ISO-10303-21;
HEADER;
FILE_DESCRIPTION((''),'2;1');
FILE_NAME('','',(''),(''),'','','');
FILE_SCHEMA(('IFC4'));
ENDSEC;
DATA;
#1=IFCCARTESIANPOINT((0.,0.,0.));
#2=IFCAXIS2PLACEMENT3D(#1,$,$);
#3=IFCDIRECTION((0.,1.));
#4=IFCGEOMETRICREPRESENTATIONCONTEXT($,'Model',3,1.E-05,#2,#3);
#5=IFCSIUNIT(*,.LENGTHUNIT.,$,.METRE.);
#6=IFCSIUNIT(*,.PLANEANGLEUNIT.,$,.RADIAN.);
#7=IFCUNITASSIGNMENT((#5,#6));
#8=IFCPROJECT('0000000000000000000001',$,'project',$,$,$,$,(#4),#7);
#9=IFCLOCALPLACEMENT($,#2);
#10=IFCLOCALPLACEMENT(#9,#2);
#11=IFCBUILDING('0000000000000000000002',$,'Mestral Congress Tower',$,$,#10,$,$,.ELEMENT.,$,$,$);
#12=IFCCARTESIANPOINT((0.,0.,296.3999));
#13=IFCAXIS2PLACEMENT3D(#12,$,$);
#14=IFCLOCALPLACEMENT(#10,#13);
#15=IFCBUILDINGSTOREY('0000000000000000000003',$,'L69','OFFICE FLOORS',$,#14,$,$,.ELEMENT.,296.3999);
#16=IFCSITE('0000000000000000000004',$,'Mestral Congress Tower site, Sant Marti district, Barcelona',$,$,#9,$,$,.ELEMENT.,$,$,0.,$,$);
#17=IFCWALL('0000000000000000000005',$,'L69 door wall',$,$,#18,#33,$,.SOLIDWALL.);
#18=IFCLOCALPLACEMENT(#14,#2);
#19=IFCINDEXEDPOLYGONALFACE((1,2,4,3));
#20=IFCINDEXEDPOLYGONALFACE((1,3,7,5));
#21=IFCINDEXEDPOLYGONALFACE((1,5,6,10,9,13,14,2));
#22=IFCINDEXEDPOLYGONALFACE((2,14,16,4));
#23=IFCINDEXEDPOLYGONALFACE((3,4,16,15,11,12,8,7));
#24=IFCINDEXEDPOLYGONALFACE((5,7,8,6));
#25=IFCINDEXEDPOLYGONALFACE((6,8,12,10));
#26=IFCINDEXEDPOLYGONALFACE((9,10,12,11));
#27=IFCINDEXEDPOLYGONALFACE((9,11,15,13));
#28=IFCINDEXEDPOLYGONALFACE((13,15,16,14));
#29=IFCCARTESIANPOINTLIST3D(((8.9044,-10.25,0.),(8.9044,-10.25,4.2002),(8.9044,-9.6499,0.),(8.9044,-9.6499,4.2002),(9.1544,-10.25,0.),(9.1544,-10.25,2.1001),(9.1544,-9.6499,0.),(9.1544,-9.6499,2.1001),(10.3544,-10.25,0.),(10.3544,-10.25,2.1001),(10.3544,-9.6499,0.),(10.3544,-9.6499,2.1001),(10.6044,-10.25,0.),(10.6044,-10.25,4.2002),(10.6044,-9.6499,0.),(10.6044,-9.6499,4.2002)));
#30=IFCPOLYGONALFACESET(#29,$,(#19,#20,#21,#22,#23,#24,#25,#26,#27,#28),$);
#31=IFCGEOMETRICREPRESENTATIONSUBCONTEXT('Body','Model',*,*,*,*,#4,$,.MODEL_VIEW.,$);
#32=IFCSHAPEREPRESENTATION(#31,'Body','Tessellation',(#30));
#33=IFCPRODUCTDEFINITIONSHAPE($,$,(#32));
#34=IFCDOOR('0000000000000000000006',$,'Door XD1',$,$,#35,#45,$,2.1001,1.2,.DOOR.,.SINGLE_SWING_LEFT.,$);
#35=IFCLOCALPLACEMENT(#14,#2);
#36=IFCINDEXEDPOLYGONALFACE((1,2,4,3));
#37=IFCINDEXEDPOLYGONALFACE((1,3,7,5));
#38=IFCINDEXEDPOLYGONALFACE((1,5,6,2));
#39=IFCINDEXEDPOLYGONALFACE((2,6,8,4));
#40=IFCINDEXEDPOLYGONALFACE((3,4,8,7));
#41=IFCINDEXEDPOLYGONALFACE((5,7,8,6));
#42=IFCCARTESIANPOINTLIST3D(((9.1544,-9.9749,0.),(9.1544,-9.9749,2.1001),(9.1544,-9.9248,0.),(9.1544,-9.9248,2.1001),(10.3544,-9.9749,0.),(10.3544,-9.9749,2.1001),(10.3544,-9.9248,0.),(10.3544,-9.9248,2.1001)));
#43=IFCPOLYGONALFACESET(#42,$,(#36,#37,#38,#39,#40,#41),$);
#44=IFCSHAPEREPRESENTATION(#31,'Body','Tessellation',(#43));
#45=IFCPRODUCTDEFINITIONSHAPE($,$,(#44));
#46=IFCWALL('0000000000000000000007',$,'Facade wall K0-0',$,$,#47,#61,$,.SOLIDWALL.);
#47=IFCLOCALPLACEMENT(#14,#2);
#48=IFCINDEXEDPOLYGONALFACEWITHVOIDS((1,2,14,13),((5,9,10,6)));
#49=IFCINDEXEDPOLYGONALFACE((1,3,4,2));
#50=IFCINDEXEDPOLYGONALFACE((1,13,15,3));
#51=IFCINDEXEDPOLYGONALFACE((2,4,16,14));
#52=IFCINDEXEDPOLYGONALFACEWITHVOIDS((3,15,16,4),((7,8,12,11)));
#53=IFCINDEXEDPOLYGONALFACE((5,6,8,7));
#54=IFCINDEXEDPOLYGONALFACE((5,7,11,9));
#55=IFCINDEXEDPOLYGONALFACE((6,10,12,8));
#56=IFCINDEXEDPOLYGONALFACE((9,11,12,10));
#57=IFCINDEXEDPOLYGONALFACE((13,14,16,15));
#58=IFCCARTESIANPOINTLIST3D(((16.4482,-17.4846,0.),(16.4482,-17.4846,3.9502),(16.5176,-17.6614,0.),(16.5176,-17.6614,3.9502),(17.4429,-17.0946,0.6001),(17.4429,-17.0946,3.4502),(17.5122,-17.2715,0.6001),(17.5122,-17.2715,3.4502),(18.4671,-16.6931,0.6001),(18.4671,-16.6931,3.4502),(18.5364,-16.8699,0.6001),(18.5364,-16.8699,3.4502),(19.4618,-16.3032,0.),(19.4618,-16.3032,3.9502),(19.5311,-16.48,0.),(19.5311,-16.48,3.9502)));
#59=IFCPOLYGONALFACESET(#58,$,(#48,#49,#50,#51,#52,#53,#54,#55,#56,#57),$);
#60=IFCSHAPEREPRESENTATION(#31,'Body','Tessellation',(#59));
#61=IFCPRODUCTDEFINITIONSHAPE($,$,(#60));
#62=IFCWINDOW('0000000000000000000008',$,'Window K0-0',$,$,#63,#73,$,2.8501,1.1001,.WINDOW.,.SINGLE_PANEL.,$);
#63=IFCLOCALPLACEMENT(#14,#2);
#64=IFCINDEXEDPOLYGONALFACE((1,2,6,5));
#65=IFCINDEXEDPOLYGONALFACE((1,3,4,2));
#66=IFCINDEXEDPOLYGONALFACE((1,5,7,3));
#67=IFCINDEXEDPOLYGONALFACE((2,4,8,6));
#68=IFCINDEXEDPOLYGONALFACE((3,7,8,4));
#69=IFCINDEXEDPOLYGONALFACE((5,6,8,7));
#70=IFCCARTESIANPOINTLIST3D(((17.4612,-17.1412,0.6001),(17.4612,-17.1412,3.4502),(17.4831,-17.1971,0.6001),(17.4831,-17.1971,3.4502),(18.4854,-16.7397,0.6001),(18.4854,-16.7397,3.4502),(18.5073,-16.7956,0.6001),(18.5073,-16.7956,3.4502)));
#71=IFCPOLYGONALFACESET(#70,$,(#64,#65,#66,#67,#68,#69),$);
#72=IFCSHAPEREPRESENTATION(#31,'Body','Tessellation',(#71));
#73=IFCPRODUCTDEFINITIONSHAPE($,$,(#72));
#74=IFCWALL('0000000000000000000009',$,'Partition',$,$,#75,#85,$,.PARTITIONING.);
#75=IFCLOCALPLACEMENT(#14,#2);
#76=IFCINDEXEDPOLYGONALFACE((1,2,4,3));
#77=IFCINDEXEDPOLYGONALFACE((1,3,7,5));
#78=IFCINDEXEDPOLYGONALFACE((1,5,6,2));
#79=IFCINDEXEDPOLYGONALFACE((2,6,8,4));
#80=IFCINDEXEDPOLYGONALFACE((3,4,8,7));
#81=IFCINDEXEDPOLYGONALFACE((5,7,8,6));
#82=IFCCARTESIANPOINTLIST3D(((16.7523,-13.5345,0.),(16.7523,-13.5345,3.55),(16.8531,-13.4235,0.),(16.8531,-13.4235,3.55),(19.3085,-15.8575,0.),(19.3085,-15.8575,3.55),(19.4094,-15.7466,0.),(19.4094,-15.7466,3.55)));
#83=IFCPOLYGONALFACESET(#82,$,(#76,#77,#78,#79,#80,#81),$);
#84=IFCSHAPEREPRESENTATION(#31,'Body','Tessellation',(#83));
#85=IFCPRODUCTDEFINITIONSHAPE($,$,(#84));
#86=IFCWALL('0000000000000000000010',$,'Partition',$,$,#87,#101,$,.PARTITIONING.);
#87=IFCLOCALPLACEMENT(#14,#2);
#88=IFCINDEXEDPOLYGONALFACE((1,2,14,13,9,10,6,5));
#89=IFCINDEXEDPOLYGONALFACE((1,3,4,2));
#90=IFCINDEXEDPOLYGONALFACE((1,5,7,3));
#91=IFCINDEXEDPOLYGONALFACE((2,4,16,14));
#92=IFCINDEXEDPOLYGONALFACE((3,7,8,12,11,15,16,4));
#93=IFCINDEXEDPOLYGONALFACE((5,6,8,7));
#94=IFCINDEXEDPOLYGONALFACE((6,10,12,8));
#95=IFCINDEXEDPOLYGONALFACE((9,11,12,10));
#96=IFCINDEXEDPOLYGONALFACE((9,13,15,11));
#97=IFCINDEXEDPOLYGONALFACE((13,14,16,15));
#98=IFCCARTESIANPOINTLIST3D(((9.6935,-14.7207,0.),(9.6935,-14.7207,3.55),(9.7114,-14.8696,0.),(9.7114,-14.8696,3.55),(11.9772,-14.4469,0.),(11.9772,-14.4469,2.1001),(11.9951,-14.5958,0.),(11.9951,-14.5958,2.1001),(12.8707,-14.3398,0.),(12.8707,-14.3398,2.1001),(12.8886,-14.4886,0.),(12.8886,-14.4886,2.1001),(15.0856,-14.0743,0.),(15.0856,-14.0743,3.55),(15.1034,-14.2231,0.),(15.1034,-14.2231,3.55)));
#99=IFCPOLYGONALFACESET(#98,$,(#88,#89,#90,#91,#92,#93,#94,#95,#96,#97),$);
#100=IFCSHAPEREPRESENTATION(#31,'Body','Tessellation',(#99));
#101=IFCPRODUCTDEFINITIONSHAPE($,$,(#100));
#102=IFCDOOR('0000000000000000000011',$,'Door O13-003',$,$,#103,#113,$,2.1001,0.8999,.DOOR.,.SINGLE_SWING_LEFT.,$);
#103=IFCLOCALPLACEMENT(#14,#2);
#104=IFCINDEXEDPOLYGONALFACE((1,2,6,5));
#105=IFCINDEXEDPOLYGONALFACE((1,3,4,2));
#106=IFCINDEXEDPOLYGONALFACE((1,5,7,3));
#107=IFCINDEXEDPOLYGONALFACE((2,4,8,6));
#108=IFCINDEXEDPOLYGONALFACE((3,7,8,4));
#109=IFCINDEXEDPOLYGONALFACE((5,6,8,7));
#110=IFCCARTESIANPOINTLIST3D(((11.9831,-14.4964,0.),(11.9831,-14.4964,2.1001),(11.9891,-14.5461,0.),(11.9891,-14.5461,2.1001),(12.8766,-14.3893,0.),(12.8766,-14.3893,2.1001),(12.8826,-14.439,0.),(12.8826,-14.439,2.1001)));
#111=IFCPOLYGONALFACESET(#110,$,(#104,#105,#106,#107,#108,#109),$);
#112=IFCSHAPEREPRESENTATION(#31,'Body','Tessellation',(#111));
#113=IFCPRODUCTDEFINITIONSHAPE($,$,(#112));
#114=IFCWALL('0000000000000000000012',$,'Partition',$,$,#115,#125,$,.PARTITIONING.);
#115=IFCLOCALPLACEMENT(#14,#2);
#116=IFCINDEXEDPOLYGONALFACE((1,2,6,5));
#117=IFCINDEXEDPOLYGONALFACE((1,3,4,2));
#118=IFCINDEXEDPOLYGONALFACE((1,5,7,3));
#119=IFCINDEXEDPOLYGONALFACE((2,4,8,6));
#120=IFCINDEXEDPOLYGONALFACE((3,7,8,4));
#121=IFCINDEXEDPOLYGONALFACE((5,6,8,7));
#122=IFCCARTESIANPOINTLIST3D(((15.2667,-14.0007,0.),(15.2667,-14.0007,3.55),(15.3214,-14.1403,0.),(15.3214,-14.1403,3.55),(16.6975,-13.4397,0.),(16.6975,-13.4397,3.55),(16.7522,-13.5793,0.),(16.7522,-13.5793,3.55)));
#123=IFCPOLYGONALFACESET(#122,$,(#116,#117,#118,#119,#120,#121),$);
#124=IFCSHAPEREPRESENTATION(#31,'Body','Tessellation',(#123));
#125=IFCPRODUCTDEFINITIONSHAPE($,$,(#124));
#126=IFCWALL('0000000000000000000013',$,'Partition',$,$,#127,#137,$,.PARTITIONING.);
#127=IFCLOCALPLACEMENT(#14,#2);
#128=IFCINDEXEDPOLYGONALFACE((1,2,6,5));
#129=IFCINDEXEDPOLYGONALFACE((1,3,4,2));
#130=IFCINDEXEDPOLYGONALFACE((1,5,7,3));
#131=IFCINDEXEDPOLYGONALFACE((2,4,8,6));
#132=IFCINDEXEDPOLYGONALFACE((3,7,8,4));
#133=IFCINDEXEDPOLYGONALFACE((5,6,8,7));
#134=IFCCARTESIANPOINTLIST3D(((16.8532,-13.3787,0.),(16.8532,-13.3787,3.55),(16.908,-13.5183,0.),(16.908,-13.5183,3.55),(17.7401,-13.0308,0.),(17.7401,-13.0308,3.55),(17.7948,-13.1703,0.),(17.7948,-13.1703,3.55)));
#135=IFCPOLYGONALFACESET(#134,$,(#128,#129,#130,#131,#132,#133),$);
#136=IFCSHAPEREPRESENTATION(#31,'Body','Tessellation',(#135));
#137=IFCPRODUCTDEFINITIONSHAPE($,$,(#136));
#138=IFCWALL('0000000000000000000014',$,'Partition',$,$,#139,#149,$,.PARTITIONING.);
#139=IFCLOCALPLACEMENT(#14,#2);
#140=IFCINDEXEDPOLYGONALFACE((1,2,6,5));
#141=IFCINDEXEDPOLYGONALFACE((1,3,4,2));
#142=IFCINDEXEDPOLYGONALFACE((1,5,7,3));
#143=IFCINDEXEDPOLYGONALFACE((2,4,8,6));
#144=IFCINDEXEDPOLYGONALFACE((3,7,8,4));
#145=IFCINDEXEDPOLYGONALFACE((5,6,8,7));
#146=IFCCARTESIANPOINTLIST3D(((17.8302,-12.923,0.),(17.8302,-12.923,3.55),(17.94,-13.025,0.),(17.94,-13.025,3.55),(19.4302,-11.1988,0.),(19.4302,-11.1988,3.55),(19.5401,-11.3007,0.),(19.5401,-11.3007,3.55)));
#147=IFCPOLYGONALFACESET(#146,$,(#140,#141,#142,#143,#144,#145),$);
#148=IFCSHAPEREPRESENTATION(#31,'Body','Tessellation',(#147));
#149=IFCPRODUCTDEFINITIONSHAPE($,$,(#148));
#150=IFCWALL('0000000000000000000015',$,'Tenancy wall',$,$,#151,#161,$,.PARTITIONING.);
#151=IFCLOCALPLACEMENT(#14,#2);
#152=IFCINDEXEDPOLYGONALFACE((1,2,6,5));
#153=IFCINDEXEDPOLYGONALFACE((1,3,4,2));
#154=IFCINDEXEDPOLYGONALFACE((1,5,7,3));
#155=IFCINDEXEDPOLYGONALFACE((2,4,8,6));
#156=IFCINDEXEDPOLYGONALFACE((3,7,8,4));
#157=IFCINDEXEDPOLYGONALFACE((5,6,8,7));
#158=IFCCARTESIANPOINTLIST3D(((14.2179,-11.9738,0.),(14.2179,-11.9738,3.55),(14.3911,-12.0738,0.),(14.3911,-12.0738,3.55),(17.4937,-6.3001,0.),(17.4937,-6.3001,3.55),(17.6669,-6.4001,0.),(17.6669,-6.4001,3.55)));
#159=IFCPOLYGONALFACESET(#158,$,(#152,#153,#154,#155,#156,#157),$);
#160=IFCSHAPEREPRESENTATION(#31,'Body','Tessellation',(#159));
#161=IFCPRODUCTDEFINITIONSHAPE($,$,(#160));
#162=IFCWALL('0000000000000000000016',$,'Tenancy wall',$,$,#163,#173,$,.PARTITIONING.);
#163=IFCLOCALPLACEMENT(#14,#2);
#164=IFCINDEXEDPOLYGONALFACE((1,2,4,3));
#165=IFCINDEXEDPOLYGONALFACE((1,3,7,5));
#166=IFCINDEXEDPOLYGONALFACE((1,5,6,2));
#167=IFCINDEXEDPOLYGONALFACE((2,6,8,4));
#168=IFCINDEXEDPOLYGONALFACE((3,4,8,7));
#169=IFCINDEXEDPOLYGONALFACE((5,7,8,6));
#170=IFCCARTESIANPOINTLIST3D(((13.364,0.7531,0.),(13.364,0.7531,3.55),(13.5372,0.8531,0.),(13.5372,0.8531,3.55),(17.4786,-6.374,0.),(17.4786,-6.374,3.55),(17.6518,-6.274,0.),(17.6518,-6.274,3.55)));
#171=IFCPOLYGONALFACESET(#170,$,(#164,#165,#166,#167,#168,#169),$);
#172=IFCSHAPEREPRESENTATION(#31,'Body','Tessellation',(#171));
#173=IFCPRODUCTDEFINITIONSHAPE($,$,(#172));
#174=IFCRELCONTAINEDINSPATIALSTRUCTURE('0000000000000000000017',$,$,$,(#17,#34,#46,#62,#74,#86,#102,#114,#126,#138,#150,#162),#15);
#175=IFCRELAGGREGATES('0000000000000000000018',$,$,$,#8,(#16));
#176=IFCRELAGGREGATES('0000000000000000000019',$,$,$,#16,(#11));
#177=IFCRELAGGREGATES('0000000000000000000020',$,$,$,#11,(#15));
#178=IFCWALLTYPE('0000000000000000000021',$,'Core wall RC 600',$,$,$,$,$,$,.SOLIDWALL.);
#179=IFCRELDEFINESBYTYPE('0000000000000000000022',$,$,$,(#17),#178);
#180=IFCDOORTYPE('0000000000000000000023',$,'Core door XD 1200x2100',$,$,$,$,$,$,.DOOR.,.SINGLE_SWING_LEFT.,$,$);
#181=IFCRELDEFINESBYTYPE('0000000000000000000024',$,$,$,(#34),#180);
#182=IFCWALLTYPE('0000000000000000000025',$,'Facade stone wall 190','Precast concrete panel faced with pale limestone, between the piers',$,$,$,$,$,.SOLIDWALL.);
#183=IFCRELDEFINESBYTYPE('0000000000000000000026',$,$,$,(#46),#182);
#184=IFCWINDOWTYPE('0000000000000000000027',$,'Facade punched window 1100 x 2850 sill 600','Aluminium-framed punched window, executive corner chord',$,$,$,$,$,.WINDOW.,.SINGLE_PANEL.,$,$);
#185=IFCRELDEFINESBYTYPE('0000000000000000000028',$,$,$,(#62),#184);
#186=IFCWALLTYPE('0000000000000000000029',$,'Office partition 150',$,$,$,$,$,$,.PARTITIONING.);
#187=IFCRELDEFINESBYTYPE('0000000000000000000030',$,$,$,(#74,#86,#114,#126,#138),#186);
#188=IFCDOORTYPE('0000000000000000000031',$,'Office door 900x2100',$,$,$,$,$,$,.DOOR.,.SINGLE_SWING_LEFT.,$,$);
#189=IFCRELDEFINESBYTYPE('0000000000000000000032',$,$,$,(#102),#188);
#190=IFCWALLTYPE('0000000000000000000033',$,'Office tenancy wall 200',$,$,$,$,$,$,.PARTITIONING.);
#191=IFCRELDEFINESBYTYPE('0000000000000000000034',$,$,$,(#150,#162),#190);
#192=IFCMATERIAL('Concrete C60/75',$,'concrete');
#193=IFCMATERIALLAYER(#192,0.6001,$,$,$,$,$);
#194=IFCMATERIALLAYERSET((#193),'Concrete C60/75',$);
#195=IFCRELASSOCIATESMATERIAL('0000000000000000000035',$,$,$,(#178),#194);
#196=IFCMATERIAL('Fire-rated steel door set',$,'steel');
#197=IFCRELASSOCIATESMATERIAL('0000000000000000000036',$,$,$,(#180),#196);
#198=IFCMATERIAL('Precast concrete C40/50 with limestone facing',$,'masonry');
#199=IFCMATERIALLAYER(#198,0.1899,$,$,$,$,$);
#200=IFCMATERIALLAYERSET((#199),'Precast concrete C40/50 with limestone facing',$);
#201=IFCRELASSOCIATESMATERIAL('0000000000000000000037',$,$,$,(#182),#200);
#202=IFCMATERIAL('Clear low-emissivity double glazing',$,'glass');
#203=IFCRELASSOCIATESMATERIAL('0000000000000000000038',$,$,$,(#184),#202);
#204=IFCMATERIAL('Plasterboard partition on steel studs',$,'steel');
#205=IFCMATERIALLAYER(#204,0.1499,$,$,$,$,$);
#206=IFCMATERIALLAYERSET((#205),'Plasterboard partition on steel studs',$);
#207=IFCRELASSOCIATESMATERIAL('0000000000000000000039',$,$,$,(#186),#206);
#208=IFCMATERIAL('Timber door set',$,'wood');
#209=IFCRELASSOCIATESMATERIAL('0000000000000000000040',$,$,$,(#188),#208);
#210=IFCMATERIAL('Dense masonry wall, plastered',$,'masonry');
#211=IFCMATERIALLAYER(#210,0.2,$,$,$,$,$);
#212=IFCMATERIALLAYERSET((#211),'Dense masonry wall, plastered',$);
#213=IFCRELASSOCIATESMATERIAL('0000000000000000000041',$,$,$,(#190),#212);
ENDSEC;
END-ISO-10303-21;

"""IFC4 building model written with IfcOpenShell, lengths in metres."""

from ifc_helpers import new_model, si_unit, direction, frame, frame_2d, origin, place, context, subcontext, project, spatial, rectangle, extrude, material, layer, layer_set, type_object, element, fill, save


model = new_model("IFC4")

# Units and contexts
model_context = context("Model", 3, precision=1e-05, world=origin(), true_north=direction((0.0, 1.0)))
body_context = subcontext(model_context, "Body", "Model", "MODEL_VIEW")
ifc_project = project(units=[si_unit("LENGTHUNIT", "METRE"), si_unit("PLANEANGLEUNIT", "RADIAN")], contexts=[model_context])

# Site, building, storey
site_placement = place(None, origin())
site = spatial("IfcSite", under=ifc_project, at=site_placement, Name="Mestral Congress Tower site, Sant Marti district, Barcelona", CompositionType="ELEMENT", RefElevation=0.0)
building_placement = place(site_placement, origin())
building = spatial("IfcBuilding", under=site, at=building_placement, Name="Mestral Congress Tower", CompositionType="ELEMENT")
storey_placement = place(building_placement, frame((0.0, 0.0, 296.3999)))
storey = spatial("IfcBuildingStorey", under=building, at=storey_placement, Name="L69", Description="OFFICE FLOORS", CompositionType="ELEMENT", Elevation=296.3999)

# Shared definitions
ifc_material_1 = material(Name="Concrete C60/75", Category="concrete")

# Shared definitions
ifc_layer_1 = layer(ifc_material_1, 0.6001)
ifc_layer_set_1 = layer_set([ifc_layer_1], Name="Concrete C60/75")
wall_type_1 = type_object("IfcWallType", Name="Core wall RC 600", PredefinedType="SOLIDWALL", material=ifc_layer_set_1)

# Wall, opening, door
wall_1_placement = place(storey_placement, frame((10.6045, -9.95, 0.0), z_axis=(0.0, 0.0, 1.0), x_axis=(-1.0, 0.0, 0.0)))
wall_1 = element("IfcWall", 1, at=wall_1_placement, inside=storey, type_object=wall_type_1, Name="L69 door wall", PredefinedType="SOLIDWALL", context=body_context, shape_type="SweptSolid", body=[
    extrude(rectangle(XDim=1.7, YDim=0.6001, at=frame_2d((0.8501, 0.0))), origin(), (0.0, 0.0, 1.0), 4.2002),
])
opening_1_placement = place(wall_1_placement, frame((0.25, 0.0, 0.0)))
opening_1 = element("IfcOpeningElement", 2, at=opening_1_placement, cuts=wall_1, PredefinedType="OPENING", context=body_context, shape_type="SweptSolid", body=[
    extrude(rectangle(XDim=1.2, YDim=2.1001, at=frame_2d((0.6001, 1.05))), frame((0.0, 0.3101, 0.0), z_axis=(0.0, -1.0, 0.0), x_axis=(1.0, 0.0, 0.0)), (0.0, 0.0, 1.0), 0.6201),
])
ifc_material_2 = material(Name="Fire-rated steel door set", Category="steel")
door_type_1 = type_object("IfcDoorType", Name="Core door XD 1200x2100", OperationType="SINGLE_SWING_LEFT", PredefinedType="DOOR", material=ifc_material_2)
door_1_placement = place(opening_1_placement, origin())
door_1 = element("IfcDoor", 3, at=door_1_placement, inside=storey, type_object=door_type_1, Name="Door XD1", OperationType="SINGLE_SWING_LEFT", OverallHeight=2.1001, OverallWidth=1.2, PredefinedType="DOOR", context=body_context, shape_type="SweptSolid", body=[
    extrude(rectangle(XDim=1.2, YDim=2.1001, at=frame_2d((0.6001, 1.05))), frame((0.0, 0.0249, 0.0), z_axis=(0.0, -1.0, 0.0), x_axis=(1.0, 0.0, 0.0)), (0.0, 0.0, 1.0), 0.05),
])
fill(opening_1, door_1)

# Wall, opening, window
ifc_material_3 = material(Name="Precast concrete C40/50 with limestone facing", Category="masonry")
ifc_layer_2 = layer(ifc_material_3, 0.1899)
ifc_layer_set_2 = layer_set([ifc_layer_2], Name="Precast concrete C40/50 with limestone facing")
wall_type_2 = type_object("IfcWallType", Name="Facade stone wall 190", Description="Precast concrete panel faced with pale limestone, between the piers", PredefinedType="SOLIDWALL", material=ifc_layer_set_2)
wall_2_placement = place(storey_placement, frame((16.4829, -17.573, 0.0), z_axis=(0.0, 0.0, 1.0), x_axis=(0.931009, 0.364997, 0.0)))
wall_2 = element("IfcWall", 4, at=wall_2_placement, inside=storey, type_object=wall_type_2, Name="Facade wall K0-0", PredefinedType="SOLIDWALL", context=body_context, shape_type="SweptSolid", body=[
    extrude(rectangle(XDim=3.2368, YDim=0.1899, at=frame_2d((1.6184, 0.0))), origin(), (0.0, 0.0, 1.0), 3.9502),
])
opening_2_placement = place(wall_2_placement, frame((1.0684, 0.0, 0.6001)))
opening_2 = element("IfcOpeningElement", 5, at=opening_2_placement, cuts=wall_2, PredefinedType="OPENING", context=body_context, shape_type="SweptSolid", body=[
    extrude(rectangle(XDim=1.1001, YDim=2.8501, at=frame_2d((0.55, 1.425))), frame((0.0, 0.105, 0.0), z_axis=(0.0, -1.0, 0.0), x_axis=(1.0, 0.0, 0.0)), (0.0, 0.0, 1.0), 0.21),
])
ifc_material_4 = material(Name="Clear low-emissivity double glazing", Category="glass")
window_type = type_object("IfcWindowType", Name="Facade punched window 1100 x 2850 sill 600", Description="Aluminium-framed punched window, executive corner chord", PartitioningType="SINGLE_PANEL", PredefinedType="WINDOW", material=ifc_material_4)
window_placement = place(opening_2_placement, origin())
window = element("IfcWindow", 6, at=window_placement, inside=storey, type_object=window_type, Name="Window K0-0", OverallHeight=2.8501, OverallWidth=1.1001, PartitioningType="SINGLE_PANEL", PredefinedType="WINDOW", context=body_context, shape_type="SweptSolid", body=[
    extrude(rectangle(XDim=1.1001, YDim=2.8501, at=frame_2d((0.55, 1.425))), frame((0.0, 0.0449, 0.0), z_axis=(0.0, -1.0, 0.0), x_axis=(1.0, 0.0, 0.0)), (0.0, 0.0, 1.0), 0.0601),
])
fill(opening_2, window)

# Wall
ifc_material_5 = material(Name="Plasterboard partition on steel studs", Category="steel")
ifc_layer_3 = layer(ifc_material_5, 0.1499)
ifc_layer_set_3 = layer_set([ifc_layer_3], Name="Plasterboard partition on steel studs")
wall_type_3 = type_object("IfcWallType", Name="Office partition 150", PredefinedType="PARTITIONING", material=ifc_layer_set_3)
wall_3_placement = place(storey_placement, frame((16.8027, -13.479, 0.0), z_axis=(0.0, 0.0, 1.0), x_axis=(0.740052, -0.67255, 0.0)))
element("IfcWall", 7, at=wall_3_placement, inside=storey, type_object=wall_type_3, Name="Partition", PredefinedType="PARTITIONING", context=body_context, shape_type="SweptSolid", body=[
    extrude(rectangle(XDim=3.4541, YDim=0.1499, at=frame_2d((1.7271, 0.0))), origin(), (0.0, 0.0, 1.0), 3.55),
])

# Wall, opening, door
wall_4_placement = place(storey_placement, frame((15.0945, -14.1487, 0.0), z_axis=(0.0, 0.0, 1.0), x_axis=(-0.992889, -0.119042, 0.0)))
wall_4 = element("IfcWall", 8, at=wall_4_placement, inside=storey, type_object=wall_type_3, Name="Partition", PredefinedType="PARTITIONING", context=body_context, shape_type="SweptSolid", body=[
    extrude(rectangle(XDim=5.4307, YDim=0.1499, at=frame_2d((2.7153, 0.0))), origin(), (0.0, 0.0, 1.0), 3.55),
])
opening_3_placement = place(wall_4_placement, frame((2.2307, 0.0, 0.0)))
opening_3 = element("IfcOpeningElement", 9, at=opening_3_placement, cuts=wall_4, PredefinedType="OPENING", context=body_context, shape_type="SweptSolid", body=[
    extrude(rectangle(XDim=0.8999, YDim=2.1001, at=frame_2d((0.45, 1.05))), frame((0.0, 0.085, 0.0), z_axis=(0.0, -1.0, 0.0), x_axis=(1.0, 0.0, 0.0)), (0.0, 0.0, 1.0), 0.1699),
])
ifc_material_6 = material(Name="Timber door set", Category="wood")
door_type_2 = type_object("IfcDoorType", Name="Office door 900x2100", OperationType="SINGLE_SWING_LEFT", PredefinedType="DOOR", material=ifc_material_6)
door_2_placement = place(opening_3_placement, origin())
door_2 = element("IfcDoor", 10, at=door_2_placement, inside=storey, type_object=door_type_2, Name="Door O13-003", OperationType="SINGLE_SWING_LEFT", OverallHeight=2.1001, OverallWidth=0.8999, PredefinedType="DOOR", context=body_context, shape_type="SweptSolid", body=[
    extrude(rectangle(XDim=0.8999, YDim=2.1001, at=frame_2d((0.45, 1.05))), frame((0.0, 0.0249, 0.0), z_axis=(0.0, -1.0, 0.0), x_axis=(1.0, 0.0, 0.0)), (0.0, 0.0, 1.0), 0.05),
])
fill(opening_3, door_2)

# Walls
wall_5_placement = place(storey_placement, frame((15.2939, -14.0706, 0.0), z_axis=(0.0, 0.0, 1.0), x_axis=(0.930996, 0.365028, 0.0)))
element("IfcWall", 11, at=wall_5_placement, inside=storey, type_object=wall_type_3, Name="Partition", PredefinedType="PARTITIONING", context=body_context, shape_type="SweptSolid", body=[
    extrude(rectangle(XDim=1.5369, YDim=0.1499, at=frame_2d((0.7686, 0.0))), origin(), (0.0, 0.0, 1.0), 3.55),
])
wall_6_placement = place(storey_placement, frame((16.8806, -13.4485, 0.0), z_axis=(0.0, 0.0, 1.0), x_axis=(0.930913, 0.36524, 0.0)))
element("IfcWall", 12, at=wall_6_placement, inside=storey, type_object=wall_type_3, Name="Partition", PredefinedType="PARTITIONING", context=body_context, shape_type="SweptSolid", body=[
    extrude(rectangle(XDim=0.9526, YDim=0.1499, at=frame_2d((0.4763, 0.0))), origin(), (0.0, 0.0, 1.0), 3.55),
])
wall_7_placement = place(storey_placement, frame((17.885, -12.9741, 0.0), z_axis=(0.0, 0.0, 1.0), x_axis=(0.6802, 0.733026, 0.0)))
element("IfcWall", 13, at=wall_7_placement, inside=storey, type_object=wall_type_3, Name="Partition", PredefinedType="PARTITIONING", context=body_context, shape_type="SweptSolid", body=[
    extrude(rectangle(XDim=2.3523, YDim=0.1499, at=frame_2d((1.1763, 0.0))), origin(), (0.0, 0.0, 1.0), 3.55),
])
ifc_material_7 = material(Name="Dense masonry wall, plastered", Category="masonry")
ifc_layer_4 = layer(ifc_material_7, 0.2)
ifc_layer_set_4 = layer_set([ifc_layer_4], Name="Dense masonry wall, plastered")
wall_type_4 = type_object("IfcWallType", Name="Office tenancy wall 200", PredefinedType="PARTITIONING", material=ifc_layer_set_4)
wall_8_placement = place(storey_placement, frame((14.3044, -12.0239, 0.0), z_axis=(0.0, 0.0, 1.0), x_axis=(0.500011, 0.866019, 0.0)))
element("IfcWall", 14, at=wall_8_placement, inside=storey, type_object=wall_type_4, Name="Tenancy wall", PredefinedType="PARTITIONING", context=body_context, shape_type="SweptSolid", body=[
    extrude(rectangle(XDim=6.5515, YDim=0.2, at=frame_2d((3.2759, 0.0))), origin(), (0.0, 0.0, 1.0), 3.55),
])
wall_9_placement = place(storey_placement, frame((17.5652, -6.324, 0.0), z_axis=(0.0, 0.0, 1.0), x_axis=(-0.499978, 0.866038, 0.0)))
element("IfcWall", 15, at=wall_9_placement, inside=storey, type_object=wall_type_4, Name="Tenancy wall", PredefinedType="PARTITIONING", context=body_context, shape_type="SweptSolid", body=[
    extrude(rectangle(XDim=8.2295, YDim=0.2, at=frame_2d((4.1147, 0.0))), origin(), (0.0, 0.0, 1.0), 3.55),
])

save(model, "model.ifc")
